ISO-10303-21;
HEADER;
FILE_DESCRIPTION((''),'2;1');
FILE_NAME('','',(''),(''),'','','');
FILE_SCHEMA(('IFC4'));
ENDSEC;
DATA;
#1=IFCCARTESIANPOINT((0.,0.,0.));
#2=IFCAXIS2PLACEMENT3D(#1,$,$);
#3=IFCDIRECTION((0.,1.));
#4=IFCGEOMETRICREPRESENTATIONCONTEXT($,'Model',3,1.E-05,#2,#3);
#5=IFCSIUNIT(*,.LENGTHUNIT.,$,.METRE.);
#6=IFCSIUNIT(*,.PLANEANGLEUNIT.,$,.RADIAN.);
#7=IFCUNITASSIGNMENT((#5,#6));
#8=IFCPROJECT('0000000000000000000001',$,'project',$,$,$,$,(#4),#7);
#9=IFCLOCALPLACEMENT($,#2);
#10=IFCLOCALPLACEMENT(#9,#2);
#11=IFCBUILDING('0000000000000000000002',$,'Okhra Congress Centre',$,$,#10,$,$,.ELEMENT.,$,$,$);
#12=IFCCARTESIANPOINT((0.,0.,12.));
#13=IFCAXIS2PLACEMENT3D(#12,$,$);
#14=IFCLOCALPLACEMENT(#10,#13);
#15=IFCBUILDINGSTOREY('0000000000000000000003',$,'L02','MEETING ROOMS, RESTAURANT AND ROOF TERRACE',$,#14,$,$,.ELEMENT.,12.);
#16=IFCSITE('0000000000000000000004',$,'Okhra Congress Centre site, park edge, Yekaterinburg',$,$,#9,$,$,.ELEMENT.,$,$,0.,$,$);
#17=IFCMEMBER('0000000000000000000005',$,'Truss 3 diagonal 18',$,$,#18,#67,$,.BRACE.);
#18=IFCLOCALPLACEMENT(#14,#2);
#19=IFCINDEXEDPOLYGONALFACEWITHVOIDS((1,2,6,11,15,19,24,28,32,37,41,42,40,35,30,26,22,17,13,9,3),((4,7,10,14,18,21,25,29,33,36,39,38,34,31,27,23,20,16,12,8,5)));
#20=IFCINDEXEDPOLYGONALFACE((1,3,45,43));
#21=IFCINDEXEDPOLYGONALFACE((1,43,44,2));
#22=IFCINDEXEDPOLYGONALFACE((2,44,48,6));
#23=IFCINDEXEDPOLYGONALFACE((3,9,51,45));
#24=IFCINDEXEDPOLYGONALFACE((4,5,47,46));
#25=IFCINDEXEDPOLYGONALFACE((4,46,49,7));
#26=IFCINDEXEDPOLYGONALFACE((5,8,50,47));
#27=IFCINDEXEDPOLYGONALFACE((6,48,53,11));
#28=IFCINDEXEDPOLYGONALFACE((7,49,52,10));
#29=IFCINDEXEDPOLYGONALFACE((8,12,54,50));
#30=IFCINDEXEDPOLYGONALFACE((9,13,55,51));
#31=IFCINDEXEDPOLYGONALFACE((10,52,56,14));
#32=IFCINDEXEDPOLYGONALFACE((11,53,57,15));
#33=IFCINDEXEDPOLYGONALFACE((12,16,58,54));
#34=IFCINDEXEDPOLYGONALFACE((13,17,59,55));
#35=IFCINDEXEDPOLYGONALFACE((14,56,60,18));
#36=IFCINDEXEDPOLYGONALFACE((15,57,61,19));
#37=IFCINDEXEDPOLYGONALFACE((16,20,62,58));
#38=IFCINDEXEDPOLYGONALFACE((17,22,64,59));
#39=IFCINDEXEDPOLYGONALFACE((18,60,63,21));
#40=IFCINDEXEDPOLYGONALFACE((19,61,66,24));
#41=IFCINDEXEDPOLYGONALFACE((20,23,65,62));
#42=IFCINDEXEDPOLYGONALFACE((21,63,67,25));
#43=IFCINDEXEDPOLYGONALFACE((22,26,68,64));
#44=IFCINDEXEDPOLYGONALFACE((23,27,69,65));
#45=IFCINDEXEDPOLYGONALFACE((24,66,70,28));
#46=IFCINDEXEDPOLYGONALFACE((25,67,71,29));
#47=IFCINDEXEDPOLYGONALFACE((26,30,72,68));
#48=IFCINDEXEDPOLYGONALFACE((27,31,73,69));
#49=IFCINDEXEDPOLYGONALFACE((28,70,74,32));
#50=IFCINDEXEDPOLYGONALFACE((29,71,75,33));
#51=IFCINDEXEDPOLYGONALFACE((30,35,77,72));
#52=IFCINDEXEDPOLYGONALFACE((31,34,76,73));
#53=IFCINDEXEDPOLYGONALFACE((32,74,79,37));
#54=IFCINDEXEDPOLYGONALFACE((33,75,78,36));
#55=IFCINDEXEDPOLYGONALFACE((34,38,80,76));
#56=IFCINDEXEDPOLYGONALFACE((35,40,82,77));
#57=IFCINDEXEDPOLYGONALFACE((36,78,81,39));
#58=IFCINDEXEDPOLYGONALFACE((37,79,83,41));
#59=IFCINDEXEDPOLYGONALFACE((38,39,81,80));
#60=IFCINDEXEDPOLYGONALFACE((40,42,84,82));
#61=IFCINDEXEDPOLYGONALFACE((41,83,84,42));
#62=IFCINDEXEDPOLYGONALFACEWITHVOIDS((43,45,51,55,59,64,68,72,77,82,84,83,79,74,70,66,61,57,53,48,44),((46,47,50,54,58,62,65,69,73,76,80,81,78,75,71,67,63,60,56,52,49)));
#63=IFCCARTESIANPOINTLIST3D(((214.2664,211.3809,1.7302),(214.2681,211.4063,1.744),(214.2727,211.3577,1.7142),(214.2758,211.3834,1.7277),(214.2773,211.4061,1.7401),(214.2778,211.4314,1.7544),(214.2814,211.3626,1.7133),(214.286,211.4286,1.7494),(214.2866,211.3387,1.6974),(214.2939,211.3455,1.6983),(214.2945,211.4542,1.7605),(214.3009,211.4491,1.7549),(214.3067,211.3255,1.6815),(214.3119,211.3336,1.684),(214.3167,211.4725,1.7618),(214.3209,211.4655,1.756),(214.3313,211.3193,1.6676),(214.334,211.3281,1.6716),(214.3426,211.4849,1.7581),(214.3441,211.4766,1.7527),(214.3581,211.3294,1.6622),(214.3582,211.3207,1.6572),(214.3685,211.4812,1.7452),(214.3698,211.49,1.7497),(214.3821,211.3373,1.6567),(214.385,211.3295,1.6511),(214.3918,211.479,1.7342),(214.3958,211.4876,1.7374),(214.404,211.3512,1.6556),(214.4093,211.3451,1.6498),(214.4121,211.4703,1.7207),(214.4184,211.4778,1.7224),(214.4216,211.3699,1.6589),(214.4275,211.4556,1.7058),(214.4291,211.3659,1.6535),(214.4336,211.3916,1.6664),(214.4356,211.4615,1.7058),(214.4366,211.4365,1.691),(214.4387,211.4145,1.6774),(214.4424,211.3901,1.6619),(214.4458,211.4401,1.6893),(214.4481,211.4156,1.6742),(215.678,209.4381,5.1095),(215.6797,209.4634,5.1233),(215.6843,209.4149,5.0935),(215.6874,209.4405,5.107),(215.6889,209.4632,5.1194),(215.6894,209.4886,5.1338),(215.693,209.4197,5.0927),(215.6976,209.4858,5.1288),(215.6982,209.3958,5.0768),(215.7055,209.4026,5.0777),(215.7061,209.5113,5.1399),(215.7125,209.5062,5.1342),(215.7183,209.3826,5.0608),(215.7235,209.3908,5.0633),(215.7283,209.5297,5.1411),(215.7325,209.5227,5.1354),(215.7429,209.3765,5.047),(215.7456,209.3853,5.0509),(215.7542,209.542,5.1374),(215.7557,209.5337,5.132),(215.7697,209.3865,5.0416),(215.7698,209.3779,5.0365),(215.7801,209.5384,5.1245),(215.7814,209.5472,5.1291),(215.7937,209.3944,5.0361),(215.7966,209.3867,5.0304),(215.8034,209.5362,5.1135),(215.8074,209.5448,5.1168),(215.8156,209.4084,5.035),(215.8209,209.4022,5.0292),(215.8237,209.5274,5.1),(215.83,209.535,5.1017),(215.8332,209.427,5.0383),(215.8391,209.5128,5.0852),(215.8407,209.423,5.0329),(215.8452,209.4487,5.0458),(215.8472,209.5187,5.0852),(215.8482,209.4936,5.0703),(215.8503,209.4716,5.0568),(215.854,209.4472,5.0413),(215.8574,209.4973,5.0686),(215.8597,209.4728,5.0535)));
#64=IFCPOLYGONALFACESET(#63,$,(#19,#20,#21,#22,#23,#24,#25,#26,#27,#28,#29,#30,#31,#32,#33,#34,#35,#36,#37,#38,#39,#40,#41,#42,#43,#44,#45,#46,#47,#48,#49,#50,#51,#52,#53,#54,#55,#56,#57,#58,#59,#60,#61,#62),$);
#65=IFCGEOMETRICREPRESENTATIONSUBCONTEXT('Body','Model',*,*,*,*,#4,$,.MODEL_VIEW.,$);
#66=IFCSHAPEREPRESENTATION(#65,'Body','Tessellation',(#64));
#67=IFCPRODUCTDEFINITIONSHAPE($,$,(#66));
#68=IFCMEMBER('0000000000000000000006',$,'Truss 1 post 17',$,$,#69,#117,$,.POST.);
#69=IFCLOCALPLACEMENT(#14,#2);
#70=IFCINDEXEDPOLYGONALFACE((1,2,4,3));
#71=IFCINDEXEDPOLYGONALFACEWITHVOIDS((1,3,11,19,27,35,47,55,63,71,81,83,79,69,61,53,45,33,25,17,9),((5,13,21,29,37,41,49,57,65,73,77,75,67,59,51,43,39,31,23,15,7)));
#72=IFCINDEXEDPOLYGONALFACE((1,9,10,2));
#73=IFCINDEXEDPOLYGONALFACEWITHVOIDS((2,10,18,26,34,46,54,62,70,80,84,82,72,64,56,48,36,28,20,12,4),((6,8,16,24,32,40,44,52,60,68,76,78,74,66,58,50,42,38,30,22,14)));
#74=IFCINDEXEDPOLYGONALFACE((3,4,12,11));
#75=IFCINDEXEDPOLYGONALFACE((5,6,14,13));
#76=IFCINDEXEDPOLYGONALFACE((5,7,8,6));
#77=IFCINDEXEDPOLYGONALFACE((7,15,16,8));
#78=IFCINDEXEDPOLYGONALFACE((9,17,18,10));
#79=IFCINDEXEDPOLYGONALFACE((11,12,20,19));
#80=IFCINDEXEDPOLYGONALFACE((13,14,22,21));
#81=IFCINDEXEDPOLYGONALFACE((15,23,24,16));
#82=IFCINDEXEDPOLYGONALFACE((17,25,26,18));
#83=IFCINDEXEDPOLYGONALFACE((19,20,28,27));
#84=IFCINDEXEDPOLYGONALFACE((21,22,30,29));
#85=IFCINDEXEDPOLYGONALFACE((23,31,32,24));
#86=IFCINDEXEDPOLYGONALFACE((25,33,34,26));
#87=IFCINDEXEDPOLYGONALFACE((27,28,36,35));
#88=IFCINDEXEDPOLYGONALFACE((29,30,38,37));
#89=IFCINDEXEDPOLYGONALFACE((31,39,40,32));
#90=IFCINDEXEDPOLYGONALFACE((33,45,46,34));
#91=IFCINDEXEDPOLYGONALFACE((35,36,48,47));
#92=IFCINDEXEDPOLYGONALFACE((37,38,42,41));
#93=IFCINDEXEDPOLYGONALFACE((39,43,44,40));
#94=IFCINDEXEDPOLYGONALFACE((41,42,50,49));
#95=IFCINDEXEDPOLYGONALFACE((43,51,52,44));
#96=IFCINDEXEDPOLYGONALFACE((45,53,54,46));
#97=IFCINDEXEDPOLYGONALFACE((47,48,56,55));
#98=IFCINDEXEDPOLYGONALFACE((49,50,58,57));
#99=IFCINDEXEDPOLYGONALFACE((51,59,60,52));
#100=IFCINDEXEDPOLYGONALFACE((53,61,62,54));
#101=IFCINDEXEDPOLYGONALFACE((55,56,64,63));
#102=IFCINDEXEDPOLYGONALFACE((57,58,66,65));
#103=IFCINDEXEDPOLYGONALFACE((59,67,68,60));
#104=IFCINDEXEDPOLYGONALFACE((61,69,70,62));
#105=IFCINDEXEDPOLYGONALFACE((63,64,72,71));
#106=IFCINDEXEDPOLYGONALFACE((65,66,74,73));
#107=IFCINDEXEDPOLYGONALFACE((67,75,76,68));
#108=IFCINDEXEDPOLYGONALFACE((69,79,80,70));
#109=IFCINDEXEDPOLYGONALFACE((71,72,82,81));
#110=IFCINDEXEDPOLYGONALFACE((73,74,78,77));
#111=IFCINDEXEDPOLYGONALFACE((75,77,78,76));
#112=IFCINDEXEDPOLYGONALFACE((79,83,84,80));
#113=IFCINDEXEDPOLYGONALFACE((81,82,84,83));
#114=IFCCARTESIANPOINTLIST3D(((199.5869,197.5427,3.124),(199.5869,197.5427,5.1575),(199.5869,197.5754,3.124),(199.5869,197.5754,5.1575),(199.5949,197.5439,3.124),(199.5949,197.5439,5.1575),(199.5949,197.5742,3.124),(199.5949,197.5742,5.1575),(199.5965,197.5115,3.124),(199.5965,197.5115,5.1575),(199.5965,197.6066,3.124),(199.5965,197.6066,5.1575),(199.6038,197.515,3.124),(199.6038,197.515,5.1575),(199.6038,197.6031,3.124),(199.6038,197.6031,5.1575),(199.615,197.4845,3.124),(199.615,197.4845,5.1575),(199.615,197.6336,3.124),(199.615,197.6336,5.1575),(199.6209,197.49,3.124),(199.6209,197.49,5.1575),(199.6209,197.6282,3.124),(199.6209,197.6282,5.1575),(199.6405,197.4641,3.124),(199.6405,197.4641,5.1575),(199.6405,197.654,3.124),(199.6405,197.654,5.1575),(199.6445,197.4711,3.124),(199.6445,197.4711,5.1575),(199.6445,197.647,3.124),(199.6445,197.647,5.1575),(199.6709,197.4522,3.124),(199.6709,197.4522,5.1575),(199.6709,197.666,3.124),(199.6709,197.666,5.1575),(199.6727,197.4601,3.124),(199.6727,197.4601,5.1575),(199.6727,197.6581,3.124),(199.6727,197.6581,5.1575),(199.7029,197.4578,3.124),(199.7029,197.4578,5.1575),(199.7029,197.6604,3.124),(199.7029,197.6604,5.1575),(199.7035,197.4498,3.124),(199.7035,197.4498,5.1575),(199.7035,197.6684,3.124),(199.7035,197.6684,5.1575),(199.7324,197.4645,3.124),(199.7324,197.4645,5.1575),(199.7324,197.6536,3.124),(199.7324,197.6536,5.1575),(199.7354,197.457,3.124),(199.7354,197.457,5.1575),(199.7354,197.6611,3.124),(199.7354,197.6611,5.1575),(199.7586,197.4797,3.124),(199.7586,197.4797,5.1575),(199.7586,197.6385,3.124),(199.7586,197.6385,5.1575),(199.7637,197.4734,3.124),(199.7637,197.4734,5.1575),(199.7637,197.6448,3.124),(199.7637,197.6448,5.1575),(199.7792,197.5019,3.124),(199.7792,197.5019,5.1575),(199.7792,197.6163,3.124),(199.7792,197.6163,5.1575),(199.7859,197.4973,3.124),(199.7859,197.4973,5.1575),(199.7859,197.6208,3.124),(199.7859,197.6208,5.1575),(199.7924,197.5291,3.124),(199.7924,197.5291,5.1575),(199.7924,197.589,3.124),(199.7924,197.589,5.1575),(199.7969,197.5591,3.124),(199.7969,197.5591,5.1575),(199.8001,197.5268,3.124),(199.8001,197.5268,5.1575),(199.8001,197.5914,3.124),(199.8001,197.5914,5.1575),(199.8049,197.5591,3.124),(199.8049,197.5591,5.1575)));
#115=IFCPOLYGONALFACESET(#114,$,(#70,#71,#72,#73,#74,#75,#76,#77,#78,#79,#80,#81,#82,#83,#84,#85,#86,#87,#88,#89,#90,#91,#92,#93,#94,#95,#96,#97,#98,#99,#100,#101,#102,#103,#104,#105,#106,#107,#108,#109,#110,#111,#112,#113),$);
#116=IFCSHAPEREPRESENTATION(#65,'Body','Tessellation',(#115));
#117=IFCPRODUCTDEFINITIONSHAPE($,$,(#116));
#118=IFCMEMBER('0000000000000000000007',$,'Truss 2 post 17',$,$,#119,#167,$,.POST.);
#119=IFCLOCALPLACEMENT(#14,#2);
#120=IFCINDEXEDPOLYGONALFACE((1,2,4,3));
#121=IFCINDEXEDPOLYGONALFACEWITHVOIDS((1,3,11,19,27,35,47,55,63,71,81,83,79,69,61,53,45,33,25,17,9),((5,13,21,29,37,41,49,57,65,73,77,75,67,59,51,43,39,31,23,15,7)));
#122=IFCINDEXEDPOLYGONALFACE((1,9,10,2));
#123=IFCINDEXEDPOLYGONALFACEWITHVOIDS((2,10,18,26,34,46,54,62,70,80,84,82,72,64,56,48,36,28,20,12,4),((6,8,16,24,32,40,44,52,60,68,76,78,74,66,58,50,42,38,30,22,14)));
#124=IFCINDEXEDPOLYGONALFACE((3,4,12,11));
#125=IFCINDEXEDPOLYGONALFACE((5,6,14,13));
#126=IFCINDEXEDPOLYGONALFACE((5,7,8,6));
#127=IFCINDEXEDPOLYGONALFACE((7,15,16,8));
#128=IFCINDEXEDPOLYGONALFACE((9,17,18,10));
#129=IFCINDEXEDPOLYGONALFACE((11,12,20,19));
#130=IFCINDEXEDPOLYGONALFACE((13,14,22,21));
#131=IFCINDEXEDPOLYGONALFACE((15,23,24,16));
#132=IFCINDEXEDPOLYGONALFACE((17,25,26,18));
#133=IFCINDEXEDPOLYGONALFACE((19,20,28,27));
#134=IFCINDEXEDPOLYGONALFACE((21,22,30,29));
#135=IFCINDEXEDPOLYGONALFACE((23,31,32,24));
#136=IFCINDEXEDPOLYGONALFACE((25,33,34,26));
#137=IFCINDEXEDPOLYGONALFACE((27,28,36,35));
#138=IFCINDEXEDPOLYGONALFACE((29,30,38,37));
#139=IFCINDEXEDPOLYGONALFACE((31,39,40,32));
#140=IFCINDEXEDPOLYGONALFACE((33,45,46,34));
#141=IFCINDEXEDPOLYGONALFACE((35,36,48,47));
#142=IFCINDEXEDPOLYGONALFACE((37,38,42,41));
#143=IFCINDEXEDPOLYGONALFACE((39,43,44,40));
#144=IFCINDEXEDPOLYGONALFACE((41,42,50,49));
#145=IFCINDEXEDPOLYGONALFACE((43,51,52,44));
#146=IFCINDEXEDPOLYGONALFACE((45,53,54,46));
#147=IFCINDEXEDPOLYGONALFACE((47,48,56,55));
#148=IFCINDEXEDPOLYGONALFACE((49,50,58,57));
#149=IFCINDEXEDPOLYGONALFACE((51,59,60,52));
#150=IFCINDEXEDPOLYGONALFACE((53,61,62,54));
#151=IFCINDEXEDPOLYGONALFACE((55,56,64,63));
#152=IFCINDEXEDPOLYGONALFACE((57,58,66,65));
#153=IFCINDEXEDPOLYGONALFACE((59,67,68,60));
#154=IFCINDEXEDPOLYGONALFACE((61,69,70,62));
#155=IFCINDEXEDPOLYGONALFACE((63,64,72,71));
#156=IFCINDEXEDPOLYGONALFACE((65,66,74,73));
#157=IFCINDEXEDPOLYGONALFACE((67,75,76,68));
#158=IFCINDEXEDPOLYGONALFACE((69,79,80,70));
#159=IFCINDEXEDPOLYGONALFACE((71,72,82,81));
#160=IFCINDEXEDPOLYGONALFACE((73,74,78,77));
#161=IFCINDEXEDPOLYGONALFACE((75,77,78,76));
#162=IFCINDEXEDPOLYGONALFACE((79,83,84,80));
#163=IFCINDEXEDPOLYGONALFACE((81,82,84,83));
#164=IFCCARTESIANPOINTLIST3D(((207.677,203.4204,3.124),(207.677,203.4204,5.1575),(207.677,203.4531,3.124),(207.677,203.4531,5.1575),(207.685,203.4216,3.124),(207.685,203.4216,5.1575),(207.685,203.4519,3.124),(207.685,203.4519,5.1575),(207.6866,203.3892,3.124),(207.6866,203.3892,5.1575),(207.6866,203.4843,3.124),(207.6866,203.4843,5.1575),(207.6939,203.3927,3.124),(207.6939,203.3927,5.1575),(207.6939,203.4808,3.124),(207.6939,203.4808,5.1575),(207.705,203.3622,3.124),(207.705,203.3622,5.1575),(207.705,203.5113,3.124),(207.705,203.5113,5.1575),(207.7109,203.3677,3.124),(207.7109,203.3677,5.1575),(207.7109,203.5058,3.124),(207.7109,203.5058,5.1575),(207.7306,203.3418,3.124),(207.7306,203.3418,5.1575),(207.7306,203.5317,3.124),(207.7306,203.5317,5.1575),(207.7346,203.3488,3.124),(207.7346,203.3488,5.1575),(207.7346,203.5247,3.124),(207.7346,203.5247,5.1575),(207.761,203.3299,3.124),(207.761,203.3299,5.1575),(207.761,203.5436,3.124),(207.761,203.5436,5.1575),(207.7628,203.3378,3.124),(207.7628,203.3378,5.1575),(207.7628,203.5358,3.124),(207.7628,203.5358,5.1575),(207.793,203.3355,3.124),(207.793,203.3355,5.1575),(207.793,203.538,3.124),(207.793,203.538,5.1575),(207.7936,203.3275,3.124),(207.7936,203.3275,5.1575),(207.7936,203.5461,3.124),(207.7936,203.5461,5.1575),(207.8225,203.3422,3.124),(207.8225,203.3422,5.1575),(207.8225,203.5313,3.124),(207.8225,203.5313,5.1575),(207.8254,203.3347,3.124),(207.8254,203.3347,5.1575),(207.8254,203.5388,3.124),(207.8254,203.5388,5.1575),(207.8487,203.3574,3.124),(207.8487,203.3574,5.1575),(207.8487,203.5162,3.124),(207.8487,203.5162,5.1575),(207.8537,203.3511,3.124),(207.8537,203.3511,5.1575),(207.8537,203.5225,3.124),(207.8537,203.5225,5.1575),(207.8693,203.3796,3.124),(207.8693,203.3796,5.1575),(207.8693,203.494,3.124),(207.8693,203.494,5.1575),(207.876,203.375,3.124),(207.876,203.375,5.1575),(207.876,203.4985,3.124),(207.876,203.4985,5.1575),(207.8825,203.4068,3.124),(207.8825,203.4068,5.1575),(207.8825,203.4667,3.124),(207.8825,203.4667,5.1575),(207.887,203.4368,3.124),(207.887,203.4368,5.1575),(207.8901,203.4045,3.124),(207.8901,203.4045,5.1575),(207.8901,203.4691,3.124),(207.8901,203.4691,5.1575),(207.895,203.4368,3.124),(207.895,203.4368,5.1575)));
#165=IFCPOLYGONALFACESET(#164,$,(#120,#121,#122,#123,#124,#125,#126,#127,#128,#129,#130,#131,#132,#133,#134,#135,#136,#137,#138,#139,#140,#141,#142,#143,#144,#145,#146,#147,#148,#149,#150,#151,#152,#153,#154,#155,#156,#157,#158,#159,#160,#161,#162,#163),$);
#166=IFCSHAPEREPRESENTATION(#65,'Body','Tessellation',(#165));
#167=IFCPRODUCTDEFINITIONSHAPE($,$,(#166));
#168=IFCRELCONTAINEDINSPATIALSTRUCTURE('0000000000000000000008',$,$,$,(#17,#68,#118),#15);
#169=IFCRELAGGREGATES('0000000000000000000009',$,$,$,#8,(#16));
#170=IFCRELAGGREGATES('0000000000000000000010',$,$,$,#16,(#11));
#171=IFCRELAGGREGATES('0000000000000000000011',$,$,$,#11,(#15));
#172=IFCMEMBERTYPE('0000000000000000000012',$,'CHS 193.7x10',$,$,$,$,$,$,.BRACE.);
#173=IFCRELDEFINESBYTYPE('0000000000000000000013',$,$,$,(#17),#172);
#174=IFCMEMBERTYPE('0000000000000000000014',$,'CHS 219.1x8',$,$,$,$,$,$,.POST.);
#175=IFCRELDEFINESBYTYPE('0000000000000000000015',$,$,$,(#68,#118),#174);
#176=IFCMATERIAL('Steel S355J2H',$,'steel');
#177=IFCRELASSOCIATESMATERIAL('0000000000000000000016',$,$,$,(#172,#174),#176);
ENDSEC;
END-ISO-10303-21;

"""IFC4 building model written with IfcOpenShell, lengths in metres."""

from ifc_helpers import new_model, si_unit, direction, frame, origin, origin_2d, place, context, subcontext, project, spatial, hollow_circle, extrude, material, material_profile, profile_set, type_object, element, save


model = new_model("IFC4")

# Units and contexts
model_context = context("Model", 3, precision=1e-05, world=origin(), true_north=direction((0.0, 1.0)))
body_context = subcontext(model_context, "Body", "Model", "MODEL_VIEW")
ifc_project = project(units=[si_unit("LENGTHUNIT", "METRE"), si_unit("PLANEANGLEUNIT", "RADIAN")], contexts=[model_context])

# Site, building, storey
site_placement = place(None, origin())
site = spatial("IfcSite", under=ifc_project, at=site_placement, Name="Okhra Congress Centre site, park edge, Yekaterinburg", CompositionType="ELEMENT", RefElevation=0.0)
building_placement = place(site_placement, origin())
building = spatial("IfcBuilding", under=site, at=building_placement, Name="Okhra Congress Centre", CompositionType="ELEMENT")
storey_placement = place(building_placement, frame((0.0, 0.0, 12.0)))
storey = spatial("IfcBuildingStorey", under=building, at=storey_placement, Name="L02", Description="MEETING ROOMS, RESTAURANT AND ROOF TERRACE", CompositionType="ELEMENT", Elevation=12.0)

# Shared definitions
ifc_material_1 = material(Name="Steel S355J2H", Category="steel")

# Members
ifc_material_profile_1 = material_profile(ifc_material_1, hollow_circle(Radius=0.0969, WallThickness=0.01, at=origin_2d()), Name="CHS 193.7x10")
ifc_profile_set_1 = profile_set([ifc_material_profile_1], Name="Steel S355J2H")
member_type_1 = type_object("IfcMemberType", Name="CHS 193.7x10", PredefinedType="BRACE", material=ifc_profile_set_1)
for number, where, z_axis, x_axis, name in (
    (1, (214.3572, 211.4045, 1.7058), (0.340494, -0.468635, 0.815135), (0.809009, 0.587797, 0.0), "Truss 3 diagonal 18"),
):
    element("IfcMember", number, at=place(storey_placement, frame(where, z_axis=z_axis, x_axis=x_axis)), inside=storey, type_object=member_type_1, Name=name, PredefinedType="BRACE", context=body_context, shape_type="SweptSolid", body=[
        extrude(hollow_circle(Radius=0.0969, WallThickness=0.01, at=origin_2d()), origin(), (0.0, 0.0, 1.0), 4.1458),
    ])
ifc_material_profile_2 = material_profile(ifc_material_1, hollow_circle(Radius=0.1096, WallThickness=0.0081, at=origin_2d()), Name="CHS 219.1x8")
ifc_profile_set_2 = profile_set([ifc_material_profile_2], Name="Steel S355J2H")
member_type_2 = type_object("IfcMemberType", Name="CHS 219.1x8", PredefinedType="POST", material=ifc_profile_set_2)
for number, where, z_axis, x_axis, name in (
    (2, (199.6953, 197.5591, 3.124), (0.0, 0.0, 1.0), (1.0, 0.0, 0.0), "Truss 1 post 17"),
    (3, (207.7854, 203.4368, 3.124), (0.0, 0.0, 1.0), (1.0, 0.0, 0.0), "Truss 2 post 17"),
):
    element("IfcMember", number, at=place(storey_placement, frame(where, z_axis=z_axis, x_axis=x_axis)), inside=storey, type_object=member_type_2, Name=name, PredefinedType="POST", context=body_context, shape_type="SweptSolid", body=[
        extrude(hollow_circle(Radius=0.1096, WallThickness=0.0081, at=origin_2d()), origin(), (0.0, 0.0, 1.0), 2.0334),
    ])

save(model, "model.ifc")
